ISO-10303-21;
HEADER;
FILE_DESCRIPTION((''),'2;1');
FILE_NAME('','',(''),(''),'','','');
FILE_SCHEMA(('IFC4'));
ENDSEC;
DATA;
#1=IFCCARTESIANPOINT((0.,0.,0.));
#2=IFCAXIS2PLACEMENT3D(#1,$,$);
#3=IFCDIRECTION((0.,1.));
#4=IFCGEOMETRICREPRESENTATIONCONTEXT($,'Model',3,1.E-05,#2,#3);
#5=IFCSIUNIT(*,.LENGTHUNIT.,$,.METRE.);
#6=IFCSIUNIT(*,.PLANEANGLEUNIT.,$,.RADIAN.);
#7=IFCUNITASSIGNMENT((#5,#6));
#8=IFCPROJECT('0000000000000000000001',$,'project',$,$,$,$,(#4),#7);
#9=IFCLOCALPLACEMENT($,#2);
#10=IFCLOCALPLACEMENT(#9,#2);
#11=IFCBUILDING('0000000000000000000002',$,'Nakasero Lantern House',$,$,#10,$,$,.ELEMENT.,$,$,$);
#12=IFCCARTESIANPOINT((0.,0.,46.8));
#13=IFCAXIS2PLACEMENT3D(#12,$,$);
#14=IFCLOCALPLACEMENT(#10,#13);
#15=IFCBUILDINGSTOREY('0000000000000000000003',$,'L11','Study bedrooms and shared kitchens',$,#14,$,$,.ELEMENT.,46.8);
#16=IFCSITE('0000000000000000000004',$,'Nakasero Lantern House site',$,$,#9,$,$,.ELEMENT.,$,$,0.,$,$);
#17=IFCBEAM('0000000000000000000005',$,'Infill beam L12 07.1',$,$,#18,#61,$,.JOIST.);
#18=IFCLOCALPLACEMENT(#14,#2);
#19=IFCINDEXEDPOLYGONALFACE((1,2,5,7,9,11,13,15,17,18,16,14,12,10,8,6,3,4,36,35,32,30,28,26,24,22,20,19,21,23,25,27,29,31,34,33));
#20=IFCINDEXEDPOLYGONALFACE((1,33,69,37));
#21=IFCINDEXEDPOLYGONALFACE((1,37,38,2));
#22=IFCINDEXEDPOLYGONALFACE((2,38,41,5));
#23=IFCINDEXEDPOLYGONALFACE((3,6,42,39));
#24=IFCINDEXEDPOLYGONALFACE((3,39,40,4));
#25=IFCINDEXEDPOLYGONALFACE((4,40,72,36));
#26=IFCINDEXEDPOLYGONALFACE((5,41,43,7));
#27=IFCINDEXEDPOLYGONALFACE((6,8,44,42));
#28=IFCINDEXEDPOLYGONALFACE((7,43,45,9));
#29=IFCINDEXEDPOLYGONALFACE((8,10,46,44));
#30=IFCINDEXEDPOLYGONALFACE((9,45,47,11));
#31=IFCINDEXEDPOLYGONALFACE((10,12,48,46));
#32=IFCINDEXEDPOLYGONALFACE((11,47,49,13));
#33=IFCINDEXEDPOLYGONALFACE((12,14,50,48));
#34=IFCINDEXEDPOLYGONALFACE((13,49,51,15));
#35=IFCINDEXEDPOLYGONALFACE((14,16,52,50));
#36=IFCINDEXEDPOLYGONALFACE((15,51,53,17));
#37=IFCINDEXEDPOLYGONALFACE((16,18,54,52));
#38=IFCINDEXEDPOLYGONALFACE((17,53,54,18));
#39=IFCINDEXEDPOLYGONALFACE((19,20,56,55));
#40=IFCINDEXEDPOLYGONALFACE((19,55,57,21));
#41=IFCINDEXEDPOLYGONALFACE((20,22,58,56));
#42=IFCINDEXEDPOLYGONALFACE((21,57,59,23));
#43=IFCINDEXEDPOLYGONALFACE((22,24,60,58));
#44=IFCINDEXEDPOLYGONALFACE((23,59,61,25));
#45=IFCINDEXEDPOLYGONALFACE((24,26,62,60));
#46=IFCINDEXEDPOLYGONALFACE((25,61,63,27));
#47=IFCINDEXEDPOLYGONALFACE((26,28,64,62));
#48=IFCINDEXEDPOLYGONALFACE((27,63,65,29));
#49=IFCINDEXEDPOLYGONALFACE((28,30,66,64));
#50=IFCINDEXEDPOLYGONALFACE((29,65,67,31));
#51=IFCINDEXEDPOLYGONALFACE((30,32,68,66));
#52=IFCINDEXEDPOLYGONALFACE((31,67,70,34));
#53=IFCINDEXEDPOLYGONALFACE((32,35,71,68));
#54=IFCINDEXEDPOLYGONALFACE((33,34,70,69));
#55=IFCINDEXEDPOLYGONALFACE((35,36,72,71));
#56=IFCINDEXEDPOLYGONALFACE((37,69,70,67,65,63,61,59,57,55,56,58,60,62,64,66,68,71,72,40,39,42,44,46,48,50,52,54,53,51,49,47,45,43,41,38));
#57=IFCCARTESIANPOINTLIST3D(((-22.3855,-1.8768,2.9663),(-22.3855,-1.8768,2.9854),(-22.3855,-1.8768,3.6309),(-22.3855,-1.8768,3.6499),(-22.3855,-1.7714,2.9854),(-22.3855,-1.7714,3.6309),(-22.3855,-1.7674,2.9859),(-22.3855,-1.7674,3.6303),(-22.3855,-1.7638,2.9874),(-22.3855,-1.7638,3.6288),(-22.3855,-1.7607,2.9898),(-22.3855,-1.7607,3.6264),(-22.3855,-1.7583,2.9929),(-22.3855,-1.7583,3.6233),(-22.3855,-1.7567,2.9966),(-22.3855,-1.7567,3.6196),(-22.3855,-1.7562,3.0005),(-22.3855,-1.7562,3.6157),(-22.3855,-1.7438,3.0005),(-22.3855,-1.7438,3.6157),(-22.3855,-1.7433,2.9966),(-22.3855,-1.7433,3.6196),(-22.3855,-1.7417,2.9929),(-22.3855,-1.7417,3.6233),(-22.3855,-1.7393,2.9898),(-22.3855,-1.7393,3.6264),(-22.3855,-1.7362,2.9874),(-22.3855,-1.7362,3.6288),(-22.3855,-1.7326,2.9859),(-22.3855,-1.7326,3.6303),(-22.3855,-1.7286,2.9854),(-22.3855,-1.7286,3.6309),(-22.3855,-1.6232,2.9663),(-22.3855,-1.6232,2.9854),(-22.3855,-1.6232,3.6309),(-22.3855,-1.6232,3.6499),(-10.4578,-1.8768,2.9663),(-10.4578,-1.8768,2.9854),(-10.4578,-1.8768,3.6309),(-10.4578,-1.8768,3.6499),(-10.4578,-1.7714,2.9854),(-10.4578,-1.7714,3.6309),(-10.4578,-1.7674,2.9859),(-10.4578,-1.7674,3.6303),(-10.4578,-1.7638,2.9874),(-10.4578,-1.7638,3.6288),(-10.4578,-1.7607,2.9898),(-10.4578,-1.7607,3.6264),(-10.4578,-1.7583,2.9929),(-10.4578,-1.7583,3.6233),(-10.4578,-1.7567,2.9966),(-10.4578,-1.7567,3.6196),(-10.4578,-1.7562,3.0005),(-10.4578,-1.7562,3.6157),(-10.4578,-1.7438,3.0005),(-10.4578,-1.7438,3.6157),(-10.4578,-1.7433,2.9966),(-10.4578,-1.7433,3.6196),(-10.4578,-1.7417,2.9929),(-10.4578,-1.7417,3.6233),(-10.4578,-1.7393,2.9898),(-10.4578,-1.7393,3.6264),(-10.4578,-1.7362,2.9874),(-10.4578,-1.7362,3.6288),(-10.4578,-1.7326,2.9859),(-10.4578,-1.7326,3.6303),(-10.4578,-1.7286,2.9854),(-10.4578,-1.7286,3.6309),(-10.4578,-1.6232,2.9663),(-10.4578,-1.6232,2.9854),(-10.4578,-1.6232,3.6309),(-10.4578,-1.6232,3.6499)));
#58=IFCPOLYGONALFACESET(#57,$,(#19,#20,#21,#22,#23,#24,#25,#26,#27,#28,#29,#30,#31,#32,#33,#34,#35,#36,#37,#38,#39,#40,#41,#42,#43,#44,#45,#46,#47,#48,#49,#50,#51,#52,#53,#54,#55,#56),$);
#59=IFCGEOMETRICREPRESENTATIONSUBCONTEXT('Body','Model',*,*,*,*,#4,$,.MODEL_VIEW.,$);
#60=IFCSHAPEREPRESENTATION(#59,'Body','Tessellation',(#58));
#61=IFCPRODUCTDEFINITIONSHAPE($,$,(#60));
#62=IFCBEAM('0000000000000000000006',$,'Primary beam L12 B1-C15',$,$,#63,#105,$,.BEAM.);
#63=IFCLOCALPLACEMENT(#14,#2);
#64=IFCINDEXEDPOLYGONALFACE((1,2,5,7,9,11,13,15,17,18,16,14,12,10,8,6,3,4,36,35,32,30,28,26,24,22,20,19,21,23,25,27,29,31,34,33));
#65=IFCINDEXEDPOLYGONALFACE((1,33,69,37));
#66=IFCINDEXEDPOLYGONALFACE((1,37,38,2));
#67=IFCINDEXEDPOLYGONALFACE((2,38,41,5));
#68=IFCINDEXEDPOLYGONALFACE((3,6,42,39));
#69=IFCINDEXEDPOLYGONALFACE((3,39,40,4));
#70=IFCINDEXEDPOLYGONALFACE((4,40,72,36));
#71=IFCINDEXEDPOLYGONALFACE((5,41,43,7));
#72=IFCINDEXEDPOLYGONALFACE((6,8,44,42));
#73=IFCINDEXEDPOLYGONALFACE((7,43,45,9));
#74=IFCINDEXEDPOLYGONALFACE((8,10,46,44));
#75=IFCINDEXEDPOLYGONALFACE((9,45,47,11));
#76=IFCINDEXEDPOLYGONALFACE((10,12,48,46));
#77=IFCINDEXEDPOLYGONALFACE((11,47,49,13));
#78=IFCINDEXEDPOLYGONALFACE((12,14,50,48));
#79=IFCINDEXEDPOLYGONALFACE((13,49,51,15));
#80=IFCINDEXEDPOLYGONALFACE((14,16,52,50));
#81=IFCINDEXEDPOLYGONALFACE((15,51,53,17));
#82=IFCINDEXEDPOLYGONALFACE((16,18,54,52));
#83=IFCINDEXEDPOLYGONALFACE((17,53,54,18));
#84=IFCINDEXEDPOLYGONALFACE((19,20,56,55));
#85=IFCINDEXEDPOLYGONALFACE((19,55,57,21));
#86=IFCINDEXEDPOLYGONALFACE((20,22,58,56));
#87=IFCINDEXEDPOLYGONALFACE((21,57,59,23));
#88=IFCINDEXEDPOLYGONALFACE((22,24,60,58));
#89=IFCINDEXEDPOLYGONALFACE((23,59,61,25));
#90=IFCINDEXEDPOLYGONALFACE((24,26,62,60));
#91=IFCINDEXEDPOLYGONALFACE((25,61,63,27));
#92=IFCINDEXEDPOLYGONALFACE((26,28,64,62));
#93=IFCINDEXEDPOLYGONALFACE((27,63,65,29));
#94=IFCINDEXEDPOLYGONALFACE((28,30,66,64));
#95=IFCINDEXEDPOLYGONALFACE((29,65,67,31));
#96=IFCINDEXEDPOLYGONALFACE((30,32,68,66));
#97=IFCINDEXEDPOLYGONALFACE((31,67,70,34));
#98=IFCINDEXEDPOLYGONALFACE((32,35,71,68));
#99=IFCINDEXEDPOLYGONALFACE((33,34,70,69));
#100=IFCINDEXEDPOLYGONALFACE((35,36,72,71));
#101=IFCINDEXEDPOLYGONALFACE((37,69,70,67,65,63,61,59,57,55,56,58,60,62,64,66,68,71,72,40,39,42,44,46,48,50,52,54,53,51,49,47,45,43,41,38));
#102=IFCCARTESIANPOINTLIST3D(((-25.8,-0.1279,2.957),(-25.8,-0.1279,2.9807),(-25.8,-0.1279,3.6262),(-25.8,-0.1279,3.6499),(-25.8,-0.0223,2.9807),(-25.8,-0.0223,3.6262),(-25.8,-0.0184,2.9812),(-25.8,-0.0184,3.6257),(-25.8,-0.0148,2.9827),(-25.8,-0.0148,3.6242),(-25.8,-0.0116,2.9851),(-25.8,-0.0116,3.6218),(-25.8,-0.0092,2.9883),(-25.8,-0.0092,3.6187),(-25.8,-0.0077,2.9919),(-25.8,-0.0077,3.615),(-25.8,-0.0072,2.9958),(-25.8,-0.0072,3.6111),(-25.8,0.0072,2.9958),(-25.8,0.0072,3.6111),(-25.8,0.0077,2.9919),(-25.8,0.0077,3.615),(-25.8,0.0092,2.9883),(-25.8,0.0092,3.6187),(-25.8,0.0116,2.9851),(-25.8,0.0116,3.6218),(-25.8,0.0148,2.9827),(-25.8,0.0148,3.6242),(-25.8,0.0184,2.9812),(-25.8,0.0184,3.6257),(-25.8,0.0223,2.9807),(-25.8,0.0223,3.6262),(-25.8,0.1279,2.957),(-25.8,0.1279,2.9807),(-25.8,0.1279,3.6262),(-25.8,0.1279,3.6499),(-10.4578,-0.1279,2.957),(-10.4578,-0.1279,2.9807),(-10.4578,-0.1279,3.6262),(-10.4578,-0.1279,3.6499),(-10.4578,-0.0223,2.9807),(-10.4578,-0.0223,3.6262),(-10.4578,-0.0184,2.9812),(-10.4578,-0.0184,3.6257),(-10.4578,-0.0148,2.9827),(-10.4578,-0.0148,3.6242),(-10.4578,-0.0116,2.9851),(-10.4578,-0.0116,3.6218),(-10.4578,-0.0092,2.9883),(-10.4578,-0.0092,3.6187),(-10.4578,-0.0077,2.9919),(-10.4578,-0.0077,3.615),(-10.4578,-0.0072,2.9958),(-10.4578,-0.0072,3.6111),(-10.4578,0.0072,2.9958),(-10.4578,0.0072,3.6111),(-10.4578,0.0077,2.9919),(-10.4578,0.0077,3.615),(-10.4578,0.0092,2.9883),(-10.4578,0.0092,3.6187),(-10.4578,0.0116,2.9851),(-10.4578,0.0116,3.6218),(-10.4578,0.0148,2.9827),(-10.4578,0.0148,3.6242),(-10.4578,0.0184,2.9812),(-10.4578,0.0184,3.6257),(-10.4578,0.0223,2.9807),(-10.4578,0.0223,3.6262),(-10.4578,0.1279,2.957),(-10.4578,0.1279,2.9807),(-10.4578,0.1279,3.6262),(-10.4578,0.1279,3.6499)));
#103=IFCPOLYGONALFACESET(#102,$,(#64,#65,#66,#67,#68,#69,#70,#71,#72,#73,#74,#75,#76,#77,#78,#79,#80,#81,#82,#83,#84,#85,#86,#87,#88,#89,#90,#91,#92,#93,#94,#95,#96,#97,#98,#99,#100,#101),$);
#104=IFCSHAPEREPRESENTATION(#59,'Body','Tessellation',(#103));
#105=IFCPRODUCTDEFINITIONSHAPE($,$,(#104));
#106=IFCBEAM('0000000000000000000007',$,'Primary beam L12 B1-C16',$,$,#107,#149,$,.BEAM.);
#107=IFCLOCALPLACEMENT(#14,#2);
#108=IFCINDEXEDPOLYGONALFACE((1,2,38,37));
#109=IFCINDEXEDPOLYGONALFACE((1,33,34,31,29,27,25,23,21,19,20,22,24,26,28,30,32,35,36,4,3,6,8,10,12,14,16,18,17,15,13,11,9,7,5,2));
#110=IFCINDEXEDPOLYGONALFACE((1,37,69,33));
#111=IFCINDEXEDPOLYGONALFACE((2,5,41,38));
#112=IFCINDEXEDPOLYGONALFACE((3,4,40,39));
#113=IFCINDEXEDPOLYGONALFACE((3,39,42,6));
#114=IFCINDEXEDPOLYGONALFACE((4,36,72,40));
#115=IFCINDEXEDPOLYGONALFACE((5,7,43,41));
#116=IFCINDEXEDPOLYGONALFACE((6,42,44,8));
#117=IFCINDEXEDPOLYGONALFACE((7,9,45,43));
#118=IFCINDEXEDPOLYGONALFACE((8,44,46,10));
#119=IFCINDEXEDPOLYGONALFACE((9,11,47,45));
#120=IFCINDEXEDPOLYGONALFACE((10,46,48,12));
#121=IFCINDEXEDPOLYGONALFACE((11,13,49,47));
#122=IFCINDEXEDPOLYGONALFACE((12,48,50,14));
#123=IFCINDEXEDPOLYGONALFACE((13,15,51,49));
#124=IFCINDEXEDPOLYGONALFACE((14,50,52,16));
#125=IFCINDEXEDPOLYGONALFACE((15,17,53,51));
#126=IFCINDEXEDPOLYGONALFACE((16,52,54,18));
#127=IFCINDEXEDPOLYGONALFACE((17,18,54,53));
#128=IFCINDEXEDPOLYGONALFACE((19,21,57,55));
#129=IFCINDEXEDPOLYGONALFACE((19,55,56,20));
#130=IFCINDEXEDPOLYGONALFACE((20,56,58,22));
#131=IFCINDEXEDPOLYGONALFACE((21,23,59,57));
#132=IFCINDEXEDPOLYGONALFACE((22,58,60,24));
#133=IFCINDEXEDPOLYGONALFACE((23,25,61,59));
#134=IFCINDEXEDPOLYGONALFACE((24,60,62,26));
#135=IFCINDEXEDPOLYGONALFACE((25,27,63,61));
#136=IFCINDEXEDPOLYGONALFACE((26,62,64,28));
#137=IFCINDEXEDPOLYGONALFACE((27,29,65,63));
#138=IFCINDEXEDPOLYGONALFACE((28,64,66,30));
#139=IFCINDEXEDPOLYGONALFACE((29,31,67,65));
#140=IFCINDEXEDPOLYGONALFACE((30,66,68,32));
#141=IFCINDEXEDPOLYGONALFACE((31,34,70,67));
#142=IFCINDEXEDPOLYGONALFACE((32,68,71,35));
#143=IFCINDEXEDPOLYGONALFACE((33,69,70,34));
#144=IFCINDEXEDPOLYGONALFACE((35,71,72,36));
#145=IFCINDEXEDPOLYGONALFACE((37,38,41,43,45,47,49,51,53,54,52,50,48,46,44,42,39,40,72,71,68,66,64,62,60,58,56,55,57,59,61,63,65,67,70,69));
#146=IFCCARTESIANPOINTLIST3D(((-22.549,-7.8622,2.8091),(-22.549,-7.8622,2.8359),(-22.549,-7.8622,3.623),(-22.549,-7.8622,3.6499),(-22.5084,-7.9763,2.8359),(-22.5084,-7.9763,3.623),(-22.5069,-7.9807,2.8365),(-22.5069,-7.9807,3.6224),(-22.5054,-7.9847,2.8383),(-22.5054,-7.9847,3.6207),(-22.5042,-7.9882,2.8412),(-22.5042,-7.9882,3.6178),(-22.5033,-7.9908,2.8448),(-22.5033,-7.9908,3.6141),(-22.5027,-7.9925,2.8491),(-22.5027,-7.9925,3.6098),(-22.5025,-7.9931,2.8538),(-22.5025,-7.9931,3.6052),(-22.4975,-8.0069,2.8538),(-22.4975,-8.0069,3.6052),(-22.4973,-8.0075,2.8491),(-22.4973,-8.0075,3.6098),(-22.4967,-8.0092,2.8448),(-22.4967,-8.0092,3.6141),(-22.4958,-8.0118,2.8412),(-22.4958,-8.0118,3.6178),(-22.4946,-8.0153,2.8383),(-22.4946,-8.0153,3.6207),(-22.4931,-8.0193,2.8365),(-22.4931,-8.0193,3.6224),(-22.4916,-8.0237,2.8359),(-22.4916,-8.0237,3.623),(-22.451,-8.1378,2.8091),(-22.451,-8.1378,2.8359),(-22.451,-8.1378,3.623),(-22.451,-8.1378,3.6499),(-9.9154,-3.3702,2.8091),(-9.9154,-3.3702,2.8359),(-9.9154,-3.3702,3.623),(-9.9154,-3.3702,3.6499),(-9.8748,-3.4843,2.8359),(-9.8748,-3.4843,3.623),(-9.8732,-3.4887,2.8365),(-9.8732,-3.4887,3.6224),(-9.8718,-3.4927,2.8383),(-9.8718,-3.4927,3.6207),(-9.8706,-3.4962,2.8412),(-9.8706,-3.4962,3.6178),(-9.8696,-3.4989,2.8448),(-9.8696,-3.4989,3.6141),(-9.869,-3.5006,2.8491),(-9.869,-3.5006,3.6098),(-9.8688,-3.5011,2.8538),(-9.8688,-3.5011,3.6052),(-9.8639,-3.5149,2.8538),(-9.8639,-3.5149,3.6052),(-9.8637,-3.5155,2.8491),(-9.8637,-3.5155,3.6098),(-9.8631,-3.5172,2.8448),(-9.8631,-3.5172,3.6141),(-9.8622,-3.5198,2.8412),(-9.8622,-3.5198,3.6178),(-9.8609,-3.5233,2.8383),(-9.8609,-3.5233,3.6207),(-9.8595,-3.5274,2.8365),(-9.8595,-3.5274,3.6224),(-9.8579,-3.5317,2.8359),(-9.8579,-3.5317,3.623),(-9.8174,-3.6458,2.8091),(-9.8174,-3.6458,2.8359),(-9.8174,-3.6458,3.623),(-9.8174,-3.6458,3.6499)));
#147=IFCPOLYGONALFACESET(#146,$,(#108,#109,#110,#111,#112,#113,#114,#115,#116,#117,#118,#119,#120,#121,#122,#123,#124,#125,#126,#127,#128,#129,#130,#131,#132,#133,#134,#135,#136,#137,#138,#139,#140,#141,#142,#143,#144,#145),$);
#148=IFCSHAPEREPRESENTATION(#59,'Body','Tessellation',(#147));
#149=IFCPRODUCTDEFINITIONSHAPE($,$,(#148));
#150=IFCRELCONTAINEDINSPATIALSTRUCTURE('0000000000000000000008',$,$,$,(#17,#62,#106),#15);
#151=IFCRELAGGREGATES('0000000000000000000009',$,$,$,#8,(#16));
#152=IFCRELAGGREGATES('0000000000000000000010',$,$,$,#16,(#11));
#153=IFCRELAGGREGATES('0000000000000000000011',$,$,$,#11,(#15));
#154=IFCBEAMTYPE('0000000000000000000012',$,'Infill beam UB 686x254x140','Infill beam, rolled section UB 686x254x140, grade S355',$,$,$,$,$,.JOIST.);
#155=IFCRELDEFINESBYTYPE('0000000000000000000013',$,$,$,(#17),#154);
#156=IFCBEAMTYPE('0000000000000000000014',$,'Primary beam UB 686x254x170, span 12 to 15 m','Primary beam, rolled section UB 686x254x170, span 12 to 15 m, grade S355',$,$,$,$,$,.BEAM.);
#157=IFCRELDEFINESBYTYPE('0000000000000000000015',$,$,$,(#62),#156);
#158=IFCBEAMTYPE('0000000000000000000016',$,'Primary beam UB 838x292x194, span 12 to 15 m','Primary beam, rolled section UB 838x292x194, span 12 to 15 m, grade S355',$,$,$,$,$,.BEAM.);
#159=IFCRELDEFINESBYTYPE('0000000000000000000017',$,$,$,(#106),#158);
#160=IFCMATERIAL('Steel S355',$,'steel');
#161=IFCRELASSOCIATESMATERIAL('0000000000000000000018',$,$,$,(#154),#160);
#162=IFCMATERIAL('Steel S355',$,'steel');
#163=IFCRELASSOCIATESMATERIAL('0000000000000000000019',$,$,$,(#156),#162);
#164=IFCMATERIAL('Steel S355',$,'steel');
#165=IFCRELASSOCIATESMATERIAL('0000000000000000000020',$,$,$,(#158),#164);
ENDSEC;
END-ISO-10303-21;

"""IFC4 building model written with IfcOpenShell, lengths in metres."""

from ifc_helpers import new_model, si_unit, direction, frame, origin, origin_2d, place, context, subcontext, project, spatial, i_section, extrude, material, material_profile, profile_set, type_object, element, save


model = new_model("IFC4")

# Units and contexts
model_context = context("Model", 3, precision=1e-05, world=origin(), true_north=direction((0.0, 1.0)))
body_context = subcontext(model_context, "Body", "Model", "MODEL_VIEW")
ifc_project = project(units=[si_unit("LENGTHUNIT", "METRE"), si_unit("PLANEANGLEUNIT", "RADIAN")], contexts=[model_context])

# Site, building, storey
site_placement = place(None, origin())
site = spatial("IfcSite", under=ifc_project, at=site_placement, Name="Nakasero Lantern House site", CompositionType="ELEMENT", RefElevation=0.0)
building_placement = place(site_placement, origin())
building = spatial("IfcBuilding", under=site, at=building_placement, Name="Nakasero Lantern House", CompositionType="ELEMENT")
storey_placement = place(building_placement, frame((0.0, 0.0, 46.8)))
storey = spatial("IfcBuildingStorey", under=building, at=storey_placement, Name="L11", Description="Study bedrooms and shared kitchens", CompositionType="ELEMENT", Elevation=46.8)

# Beams
ifc_material_1 = material(Name="Steel S355", Category="steel")
ifc_material_profile_1 = material_profile(ifc_material_1, i_section(OverallWidth=0.2537, OverallDepth=0.6836, WebThickness=0.0125, FlangeThickness=0.019, FilletRadius=0.0151, at=origin_2d()), Name="UB 686x254x140")
ifc_profile_set_1 = profile_set([ifc_material_profile_1], Name="Steel S355")
beam_type_1 = type_object("IfcBeamType", Name="Infill beam UB 686x254x140", Description="Infill beam, rolled section UB 686x254x140, grade S355", PredefinedType="JOIST", material=ifc_profile_set_1)
beam_1_placement = place(storey_placement, frame((-22.3855, -1.75, 3.3081), z_axis=(1.0, 0.0, 0.0), x_axis=(0.0, 1.0, 0.0)))
element("IfcBeam", 1, at=beam_1_placement, inside=storey, type_object=beam_type_1, Name="Infill beam L12 07.1", PredefinedType="JOIST", context=body_context, shape_type="SweptSolid", body=[
    extrude(i_section(OverallWidth=0.2537, OverallDepth=0.6836, WebThickness=0.0125, FlangeThickness=0.019, FilletRadius=0.0151, at=origin_2d()), origin(), (0.0, 0.0, 1.0), 11.9277),
])
ifc_material_2 = material(Name="Steel S355", Category="steel")
ifc_material_profile_2 = material_profile(ifc_material_2, i_section(OverallWidth=0.2559, OverallDepth=0.6929, WebThickness=0.0144, FlangeThickness=0.0237, FilletRadius=0.0151, at=origin_2d()), Name="UB 686x254x170")
ifc_profile_set_2 = profile_set([ifc_material_profile_2], Name="Steel S355")
beam_type_2 = type_object("IfcBeamType", Name="Primary beam UB 686x254x170, span 12 to 15 m", Description="Primary beam, rolled section UB 686x254x170, span 12 to 15 m, grade S355", PredefinedType="BEAM", material=ifc_profile_set_2)
beam_2_placement = place(storey_placement, frame((-25.8, 0.0, 3.3035), z_axis=(1.0, 0.0, 0.0), x_axis=(0.0, 1.0, 0.0)))
element("IfcBeam", 2, at=beam_2_placement, inside=storey, type_object=beam_type_2, Name="Primary beam L12 B1-C15", PredefinedType="BEAM", context=body_context, shape_type="SweptSolid", body=[
    extrude(i_section(OverallWidth=0.2559, OverallDepth=0.6929, WebThickness=0.0144, FlangeThickness=0.0237, FilletRadius=0.0151, at=origin_2d()), origin(), (0.0, 0.0, 1.0), 15.3423),
])
ifc_material_3 = material(Name="Steel S355", Category="steel")
ifc_material_profile_3 = material_profile(ifc_material_3, i_section(OverallWidth=0.2925, OverallDepth=0.8408, WebThickness=0.0146, FlangeThickness=0.0269, FilletRadius=0.0178, at=origin_2d()), Name="UB 838x292x194")
ifc_profile_set_3 = profile_set([ifc_material_profile_3], Name="Steel S355")
beam_type_3 = type_object("IfcBeamType", Name="Primary beam UB 838x292x194, span 12 to 15 m", Description="Primary beam, rolled section UB 838x292x194, span 12 to 15 m, grade S355", PredefinedType="BEAM", material=ifc_profile_set_3)
beam_3_placement = place(storey_placement, frame((-22.5, -8.0, 3.2295), z_axis=(0.942214, 0.335011, 0.0), x_axis=(-0.335011, 0.942214, 0.0)))
element("IfcBeam", 3, at=beam_3_placement, inside=storey, type_object=beam_type_3, Name="Primary beam L12 B1-C16", PredefinedType="BEAM", context=body_context, shape_type="SweptSolid", body=[
    extrude(i_section(OverallWidth=0.2925, OverallDepth=0.8408, WebThickness=0.0146, FlangeThickness=0.0269, FilletRadius=0.0178, at=origin_2d()), origin(), (0.0, 0.0, 1.0), 13.4084),
])

save(model, "model.ifc")
